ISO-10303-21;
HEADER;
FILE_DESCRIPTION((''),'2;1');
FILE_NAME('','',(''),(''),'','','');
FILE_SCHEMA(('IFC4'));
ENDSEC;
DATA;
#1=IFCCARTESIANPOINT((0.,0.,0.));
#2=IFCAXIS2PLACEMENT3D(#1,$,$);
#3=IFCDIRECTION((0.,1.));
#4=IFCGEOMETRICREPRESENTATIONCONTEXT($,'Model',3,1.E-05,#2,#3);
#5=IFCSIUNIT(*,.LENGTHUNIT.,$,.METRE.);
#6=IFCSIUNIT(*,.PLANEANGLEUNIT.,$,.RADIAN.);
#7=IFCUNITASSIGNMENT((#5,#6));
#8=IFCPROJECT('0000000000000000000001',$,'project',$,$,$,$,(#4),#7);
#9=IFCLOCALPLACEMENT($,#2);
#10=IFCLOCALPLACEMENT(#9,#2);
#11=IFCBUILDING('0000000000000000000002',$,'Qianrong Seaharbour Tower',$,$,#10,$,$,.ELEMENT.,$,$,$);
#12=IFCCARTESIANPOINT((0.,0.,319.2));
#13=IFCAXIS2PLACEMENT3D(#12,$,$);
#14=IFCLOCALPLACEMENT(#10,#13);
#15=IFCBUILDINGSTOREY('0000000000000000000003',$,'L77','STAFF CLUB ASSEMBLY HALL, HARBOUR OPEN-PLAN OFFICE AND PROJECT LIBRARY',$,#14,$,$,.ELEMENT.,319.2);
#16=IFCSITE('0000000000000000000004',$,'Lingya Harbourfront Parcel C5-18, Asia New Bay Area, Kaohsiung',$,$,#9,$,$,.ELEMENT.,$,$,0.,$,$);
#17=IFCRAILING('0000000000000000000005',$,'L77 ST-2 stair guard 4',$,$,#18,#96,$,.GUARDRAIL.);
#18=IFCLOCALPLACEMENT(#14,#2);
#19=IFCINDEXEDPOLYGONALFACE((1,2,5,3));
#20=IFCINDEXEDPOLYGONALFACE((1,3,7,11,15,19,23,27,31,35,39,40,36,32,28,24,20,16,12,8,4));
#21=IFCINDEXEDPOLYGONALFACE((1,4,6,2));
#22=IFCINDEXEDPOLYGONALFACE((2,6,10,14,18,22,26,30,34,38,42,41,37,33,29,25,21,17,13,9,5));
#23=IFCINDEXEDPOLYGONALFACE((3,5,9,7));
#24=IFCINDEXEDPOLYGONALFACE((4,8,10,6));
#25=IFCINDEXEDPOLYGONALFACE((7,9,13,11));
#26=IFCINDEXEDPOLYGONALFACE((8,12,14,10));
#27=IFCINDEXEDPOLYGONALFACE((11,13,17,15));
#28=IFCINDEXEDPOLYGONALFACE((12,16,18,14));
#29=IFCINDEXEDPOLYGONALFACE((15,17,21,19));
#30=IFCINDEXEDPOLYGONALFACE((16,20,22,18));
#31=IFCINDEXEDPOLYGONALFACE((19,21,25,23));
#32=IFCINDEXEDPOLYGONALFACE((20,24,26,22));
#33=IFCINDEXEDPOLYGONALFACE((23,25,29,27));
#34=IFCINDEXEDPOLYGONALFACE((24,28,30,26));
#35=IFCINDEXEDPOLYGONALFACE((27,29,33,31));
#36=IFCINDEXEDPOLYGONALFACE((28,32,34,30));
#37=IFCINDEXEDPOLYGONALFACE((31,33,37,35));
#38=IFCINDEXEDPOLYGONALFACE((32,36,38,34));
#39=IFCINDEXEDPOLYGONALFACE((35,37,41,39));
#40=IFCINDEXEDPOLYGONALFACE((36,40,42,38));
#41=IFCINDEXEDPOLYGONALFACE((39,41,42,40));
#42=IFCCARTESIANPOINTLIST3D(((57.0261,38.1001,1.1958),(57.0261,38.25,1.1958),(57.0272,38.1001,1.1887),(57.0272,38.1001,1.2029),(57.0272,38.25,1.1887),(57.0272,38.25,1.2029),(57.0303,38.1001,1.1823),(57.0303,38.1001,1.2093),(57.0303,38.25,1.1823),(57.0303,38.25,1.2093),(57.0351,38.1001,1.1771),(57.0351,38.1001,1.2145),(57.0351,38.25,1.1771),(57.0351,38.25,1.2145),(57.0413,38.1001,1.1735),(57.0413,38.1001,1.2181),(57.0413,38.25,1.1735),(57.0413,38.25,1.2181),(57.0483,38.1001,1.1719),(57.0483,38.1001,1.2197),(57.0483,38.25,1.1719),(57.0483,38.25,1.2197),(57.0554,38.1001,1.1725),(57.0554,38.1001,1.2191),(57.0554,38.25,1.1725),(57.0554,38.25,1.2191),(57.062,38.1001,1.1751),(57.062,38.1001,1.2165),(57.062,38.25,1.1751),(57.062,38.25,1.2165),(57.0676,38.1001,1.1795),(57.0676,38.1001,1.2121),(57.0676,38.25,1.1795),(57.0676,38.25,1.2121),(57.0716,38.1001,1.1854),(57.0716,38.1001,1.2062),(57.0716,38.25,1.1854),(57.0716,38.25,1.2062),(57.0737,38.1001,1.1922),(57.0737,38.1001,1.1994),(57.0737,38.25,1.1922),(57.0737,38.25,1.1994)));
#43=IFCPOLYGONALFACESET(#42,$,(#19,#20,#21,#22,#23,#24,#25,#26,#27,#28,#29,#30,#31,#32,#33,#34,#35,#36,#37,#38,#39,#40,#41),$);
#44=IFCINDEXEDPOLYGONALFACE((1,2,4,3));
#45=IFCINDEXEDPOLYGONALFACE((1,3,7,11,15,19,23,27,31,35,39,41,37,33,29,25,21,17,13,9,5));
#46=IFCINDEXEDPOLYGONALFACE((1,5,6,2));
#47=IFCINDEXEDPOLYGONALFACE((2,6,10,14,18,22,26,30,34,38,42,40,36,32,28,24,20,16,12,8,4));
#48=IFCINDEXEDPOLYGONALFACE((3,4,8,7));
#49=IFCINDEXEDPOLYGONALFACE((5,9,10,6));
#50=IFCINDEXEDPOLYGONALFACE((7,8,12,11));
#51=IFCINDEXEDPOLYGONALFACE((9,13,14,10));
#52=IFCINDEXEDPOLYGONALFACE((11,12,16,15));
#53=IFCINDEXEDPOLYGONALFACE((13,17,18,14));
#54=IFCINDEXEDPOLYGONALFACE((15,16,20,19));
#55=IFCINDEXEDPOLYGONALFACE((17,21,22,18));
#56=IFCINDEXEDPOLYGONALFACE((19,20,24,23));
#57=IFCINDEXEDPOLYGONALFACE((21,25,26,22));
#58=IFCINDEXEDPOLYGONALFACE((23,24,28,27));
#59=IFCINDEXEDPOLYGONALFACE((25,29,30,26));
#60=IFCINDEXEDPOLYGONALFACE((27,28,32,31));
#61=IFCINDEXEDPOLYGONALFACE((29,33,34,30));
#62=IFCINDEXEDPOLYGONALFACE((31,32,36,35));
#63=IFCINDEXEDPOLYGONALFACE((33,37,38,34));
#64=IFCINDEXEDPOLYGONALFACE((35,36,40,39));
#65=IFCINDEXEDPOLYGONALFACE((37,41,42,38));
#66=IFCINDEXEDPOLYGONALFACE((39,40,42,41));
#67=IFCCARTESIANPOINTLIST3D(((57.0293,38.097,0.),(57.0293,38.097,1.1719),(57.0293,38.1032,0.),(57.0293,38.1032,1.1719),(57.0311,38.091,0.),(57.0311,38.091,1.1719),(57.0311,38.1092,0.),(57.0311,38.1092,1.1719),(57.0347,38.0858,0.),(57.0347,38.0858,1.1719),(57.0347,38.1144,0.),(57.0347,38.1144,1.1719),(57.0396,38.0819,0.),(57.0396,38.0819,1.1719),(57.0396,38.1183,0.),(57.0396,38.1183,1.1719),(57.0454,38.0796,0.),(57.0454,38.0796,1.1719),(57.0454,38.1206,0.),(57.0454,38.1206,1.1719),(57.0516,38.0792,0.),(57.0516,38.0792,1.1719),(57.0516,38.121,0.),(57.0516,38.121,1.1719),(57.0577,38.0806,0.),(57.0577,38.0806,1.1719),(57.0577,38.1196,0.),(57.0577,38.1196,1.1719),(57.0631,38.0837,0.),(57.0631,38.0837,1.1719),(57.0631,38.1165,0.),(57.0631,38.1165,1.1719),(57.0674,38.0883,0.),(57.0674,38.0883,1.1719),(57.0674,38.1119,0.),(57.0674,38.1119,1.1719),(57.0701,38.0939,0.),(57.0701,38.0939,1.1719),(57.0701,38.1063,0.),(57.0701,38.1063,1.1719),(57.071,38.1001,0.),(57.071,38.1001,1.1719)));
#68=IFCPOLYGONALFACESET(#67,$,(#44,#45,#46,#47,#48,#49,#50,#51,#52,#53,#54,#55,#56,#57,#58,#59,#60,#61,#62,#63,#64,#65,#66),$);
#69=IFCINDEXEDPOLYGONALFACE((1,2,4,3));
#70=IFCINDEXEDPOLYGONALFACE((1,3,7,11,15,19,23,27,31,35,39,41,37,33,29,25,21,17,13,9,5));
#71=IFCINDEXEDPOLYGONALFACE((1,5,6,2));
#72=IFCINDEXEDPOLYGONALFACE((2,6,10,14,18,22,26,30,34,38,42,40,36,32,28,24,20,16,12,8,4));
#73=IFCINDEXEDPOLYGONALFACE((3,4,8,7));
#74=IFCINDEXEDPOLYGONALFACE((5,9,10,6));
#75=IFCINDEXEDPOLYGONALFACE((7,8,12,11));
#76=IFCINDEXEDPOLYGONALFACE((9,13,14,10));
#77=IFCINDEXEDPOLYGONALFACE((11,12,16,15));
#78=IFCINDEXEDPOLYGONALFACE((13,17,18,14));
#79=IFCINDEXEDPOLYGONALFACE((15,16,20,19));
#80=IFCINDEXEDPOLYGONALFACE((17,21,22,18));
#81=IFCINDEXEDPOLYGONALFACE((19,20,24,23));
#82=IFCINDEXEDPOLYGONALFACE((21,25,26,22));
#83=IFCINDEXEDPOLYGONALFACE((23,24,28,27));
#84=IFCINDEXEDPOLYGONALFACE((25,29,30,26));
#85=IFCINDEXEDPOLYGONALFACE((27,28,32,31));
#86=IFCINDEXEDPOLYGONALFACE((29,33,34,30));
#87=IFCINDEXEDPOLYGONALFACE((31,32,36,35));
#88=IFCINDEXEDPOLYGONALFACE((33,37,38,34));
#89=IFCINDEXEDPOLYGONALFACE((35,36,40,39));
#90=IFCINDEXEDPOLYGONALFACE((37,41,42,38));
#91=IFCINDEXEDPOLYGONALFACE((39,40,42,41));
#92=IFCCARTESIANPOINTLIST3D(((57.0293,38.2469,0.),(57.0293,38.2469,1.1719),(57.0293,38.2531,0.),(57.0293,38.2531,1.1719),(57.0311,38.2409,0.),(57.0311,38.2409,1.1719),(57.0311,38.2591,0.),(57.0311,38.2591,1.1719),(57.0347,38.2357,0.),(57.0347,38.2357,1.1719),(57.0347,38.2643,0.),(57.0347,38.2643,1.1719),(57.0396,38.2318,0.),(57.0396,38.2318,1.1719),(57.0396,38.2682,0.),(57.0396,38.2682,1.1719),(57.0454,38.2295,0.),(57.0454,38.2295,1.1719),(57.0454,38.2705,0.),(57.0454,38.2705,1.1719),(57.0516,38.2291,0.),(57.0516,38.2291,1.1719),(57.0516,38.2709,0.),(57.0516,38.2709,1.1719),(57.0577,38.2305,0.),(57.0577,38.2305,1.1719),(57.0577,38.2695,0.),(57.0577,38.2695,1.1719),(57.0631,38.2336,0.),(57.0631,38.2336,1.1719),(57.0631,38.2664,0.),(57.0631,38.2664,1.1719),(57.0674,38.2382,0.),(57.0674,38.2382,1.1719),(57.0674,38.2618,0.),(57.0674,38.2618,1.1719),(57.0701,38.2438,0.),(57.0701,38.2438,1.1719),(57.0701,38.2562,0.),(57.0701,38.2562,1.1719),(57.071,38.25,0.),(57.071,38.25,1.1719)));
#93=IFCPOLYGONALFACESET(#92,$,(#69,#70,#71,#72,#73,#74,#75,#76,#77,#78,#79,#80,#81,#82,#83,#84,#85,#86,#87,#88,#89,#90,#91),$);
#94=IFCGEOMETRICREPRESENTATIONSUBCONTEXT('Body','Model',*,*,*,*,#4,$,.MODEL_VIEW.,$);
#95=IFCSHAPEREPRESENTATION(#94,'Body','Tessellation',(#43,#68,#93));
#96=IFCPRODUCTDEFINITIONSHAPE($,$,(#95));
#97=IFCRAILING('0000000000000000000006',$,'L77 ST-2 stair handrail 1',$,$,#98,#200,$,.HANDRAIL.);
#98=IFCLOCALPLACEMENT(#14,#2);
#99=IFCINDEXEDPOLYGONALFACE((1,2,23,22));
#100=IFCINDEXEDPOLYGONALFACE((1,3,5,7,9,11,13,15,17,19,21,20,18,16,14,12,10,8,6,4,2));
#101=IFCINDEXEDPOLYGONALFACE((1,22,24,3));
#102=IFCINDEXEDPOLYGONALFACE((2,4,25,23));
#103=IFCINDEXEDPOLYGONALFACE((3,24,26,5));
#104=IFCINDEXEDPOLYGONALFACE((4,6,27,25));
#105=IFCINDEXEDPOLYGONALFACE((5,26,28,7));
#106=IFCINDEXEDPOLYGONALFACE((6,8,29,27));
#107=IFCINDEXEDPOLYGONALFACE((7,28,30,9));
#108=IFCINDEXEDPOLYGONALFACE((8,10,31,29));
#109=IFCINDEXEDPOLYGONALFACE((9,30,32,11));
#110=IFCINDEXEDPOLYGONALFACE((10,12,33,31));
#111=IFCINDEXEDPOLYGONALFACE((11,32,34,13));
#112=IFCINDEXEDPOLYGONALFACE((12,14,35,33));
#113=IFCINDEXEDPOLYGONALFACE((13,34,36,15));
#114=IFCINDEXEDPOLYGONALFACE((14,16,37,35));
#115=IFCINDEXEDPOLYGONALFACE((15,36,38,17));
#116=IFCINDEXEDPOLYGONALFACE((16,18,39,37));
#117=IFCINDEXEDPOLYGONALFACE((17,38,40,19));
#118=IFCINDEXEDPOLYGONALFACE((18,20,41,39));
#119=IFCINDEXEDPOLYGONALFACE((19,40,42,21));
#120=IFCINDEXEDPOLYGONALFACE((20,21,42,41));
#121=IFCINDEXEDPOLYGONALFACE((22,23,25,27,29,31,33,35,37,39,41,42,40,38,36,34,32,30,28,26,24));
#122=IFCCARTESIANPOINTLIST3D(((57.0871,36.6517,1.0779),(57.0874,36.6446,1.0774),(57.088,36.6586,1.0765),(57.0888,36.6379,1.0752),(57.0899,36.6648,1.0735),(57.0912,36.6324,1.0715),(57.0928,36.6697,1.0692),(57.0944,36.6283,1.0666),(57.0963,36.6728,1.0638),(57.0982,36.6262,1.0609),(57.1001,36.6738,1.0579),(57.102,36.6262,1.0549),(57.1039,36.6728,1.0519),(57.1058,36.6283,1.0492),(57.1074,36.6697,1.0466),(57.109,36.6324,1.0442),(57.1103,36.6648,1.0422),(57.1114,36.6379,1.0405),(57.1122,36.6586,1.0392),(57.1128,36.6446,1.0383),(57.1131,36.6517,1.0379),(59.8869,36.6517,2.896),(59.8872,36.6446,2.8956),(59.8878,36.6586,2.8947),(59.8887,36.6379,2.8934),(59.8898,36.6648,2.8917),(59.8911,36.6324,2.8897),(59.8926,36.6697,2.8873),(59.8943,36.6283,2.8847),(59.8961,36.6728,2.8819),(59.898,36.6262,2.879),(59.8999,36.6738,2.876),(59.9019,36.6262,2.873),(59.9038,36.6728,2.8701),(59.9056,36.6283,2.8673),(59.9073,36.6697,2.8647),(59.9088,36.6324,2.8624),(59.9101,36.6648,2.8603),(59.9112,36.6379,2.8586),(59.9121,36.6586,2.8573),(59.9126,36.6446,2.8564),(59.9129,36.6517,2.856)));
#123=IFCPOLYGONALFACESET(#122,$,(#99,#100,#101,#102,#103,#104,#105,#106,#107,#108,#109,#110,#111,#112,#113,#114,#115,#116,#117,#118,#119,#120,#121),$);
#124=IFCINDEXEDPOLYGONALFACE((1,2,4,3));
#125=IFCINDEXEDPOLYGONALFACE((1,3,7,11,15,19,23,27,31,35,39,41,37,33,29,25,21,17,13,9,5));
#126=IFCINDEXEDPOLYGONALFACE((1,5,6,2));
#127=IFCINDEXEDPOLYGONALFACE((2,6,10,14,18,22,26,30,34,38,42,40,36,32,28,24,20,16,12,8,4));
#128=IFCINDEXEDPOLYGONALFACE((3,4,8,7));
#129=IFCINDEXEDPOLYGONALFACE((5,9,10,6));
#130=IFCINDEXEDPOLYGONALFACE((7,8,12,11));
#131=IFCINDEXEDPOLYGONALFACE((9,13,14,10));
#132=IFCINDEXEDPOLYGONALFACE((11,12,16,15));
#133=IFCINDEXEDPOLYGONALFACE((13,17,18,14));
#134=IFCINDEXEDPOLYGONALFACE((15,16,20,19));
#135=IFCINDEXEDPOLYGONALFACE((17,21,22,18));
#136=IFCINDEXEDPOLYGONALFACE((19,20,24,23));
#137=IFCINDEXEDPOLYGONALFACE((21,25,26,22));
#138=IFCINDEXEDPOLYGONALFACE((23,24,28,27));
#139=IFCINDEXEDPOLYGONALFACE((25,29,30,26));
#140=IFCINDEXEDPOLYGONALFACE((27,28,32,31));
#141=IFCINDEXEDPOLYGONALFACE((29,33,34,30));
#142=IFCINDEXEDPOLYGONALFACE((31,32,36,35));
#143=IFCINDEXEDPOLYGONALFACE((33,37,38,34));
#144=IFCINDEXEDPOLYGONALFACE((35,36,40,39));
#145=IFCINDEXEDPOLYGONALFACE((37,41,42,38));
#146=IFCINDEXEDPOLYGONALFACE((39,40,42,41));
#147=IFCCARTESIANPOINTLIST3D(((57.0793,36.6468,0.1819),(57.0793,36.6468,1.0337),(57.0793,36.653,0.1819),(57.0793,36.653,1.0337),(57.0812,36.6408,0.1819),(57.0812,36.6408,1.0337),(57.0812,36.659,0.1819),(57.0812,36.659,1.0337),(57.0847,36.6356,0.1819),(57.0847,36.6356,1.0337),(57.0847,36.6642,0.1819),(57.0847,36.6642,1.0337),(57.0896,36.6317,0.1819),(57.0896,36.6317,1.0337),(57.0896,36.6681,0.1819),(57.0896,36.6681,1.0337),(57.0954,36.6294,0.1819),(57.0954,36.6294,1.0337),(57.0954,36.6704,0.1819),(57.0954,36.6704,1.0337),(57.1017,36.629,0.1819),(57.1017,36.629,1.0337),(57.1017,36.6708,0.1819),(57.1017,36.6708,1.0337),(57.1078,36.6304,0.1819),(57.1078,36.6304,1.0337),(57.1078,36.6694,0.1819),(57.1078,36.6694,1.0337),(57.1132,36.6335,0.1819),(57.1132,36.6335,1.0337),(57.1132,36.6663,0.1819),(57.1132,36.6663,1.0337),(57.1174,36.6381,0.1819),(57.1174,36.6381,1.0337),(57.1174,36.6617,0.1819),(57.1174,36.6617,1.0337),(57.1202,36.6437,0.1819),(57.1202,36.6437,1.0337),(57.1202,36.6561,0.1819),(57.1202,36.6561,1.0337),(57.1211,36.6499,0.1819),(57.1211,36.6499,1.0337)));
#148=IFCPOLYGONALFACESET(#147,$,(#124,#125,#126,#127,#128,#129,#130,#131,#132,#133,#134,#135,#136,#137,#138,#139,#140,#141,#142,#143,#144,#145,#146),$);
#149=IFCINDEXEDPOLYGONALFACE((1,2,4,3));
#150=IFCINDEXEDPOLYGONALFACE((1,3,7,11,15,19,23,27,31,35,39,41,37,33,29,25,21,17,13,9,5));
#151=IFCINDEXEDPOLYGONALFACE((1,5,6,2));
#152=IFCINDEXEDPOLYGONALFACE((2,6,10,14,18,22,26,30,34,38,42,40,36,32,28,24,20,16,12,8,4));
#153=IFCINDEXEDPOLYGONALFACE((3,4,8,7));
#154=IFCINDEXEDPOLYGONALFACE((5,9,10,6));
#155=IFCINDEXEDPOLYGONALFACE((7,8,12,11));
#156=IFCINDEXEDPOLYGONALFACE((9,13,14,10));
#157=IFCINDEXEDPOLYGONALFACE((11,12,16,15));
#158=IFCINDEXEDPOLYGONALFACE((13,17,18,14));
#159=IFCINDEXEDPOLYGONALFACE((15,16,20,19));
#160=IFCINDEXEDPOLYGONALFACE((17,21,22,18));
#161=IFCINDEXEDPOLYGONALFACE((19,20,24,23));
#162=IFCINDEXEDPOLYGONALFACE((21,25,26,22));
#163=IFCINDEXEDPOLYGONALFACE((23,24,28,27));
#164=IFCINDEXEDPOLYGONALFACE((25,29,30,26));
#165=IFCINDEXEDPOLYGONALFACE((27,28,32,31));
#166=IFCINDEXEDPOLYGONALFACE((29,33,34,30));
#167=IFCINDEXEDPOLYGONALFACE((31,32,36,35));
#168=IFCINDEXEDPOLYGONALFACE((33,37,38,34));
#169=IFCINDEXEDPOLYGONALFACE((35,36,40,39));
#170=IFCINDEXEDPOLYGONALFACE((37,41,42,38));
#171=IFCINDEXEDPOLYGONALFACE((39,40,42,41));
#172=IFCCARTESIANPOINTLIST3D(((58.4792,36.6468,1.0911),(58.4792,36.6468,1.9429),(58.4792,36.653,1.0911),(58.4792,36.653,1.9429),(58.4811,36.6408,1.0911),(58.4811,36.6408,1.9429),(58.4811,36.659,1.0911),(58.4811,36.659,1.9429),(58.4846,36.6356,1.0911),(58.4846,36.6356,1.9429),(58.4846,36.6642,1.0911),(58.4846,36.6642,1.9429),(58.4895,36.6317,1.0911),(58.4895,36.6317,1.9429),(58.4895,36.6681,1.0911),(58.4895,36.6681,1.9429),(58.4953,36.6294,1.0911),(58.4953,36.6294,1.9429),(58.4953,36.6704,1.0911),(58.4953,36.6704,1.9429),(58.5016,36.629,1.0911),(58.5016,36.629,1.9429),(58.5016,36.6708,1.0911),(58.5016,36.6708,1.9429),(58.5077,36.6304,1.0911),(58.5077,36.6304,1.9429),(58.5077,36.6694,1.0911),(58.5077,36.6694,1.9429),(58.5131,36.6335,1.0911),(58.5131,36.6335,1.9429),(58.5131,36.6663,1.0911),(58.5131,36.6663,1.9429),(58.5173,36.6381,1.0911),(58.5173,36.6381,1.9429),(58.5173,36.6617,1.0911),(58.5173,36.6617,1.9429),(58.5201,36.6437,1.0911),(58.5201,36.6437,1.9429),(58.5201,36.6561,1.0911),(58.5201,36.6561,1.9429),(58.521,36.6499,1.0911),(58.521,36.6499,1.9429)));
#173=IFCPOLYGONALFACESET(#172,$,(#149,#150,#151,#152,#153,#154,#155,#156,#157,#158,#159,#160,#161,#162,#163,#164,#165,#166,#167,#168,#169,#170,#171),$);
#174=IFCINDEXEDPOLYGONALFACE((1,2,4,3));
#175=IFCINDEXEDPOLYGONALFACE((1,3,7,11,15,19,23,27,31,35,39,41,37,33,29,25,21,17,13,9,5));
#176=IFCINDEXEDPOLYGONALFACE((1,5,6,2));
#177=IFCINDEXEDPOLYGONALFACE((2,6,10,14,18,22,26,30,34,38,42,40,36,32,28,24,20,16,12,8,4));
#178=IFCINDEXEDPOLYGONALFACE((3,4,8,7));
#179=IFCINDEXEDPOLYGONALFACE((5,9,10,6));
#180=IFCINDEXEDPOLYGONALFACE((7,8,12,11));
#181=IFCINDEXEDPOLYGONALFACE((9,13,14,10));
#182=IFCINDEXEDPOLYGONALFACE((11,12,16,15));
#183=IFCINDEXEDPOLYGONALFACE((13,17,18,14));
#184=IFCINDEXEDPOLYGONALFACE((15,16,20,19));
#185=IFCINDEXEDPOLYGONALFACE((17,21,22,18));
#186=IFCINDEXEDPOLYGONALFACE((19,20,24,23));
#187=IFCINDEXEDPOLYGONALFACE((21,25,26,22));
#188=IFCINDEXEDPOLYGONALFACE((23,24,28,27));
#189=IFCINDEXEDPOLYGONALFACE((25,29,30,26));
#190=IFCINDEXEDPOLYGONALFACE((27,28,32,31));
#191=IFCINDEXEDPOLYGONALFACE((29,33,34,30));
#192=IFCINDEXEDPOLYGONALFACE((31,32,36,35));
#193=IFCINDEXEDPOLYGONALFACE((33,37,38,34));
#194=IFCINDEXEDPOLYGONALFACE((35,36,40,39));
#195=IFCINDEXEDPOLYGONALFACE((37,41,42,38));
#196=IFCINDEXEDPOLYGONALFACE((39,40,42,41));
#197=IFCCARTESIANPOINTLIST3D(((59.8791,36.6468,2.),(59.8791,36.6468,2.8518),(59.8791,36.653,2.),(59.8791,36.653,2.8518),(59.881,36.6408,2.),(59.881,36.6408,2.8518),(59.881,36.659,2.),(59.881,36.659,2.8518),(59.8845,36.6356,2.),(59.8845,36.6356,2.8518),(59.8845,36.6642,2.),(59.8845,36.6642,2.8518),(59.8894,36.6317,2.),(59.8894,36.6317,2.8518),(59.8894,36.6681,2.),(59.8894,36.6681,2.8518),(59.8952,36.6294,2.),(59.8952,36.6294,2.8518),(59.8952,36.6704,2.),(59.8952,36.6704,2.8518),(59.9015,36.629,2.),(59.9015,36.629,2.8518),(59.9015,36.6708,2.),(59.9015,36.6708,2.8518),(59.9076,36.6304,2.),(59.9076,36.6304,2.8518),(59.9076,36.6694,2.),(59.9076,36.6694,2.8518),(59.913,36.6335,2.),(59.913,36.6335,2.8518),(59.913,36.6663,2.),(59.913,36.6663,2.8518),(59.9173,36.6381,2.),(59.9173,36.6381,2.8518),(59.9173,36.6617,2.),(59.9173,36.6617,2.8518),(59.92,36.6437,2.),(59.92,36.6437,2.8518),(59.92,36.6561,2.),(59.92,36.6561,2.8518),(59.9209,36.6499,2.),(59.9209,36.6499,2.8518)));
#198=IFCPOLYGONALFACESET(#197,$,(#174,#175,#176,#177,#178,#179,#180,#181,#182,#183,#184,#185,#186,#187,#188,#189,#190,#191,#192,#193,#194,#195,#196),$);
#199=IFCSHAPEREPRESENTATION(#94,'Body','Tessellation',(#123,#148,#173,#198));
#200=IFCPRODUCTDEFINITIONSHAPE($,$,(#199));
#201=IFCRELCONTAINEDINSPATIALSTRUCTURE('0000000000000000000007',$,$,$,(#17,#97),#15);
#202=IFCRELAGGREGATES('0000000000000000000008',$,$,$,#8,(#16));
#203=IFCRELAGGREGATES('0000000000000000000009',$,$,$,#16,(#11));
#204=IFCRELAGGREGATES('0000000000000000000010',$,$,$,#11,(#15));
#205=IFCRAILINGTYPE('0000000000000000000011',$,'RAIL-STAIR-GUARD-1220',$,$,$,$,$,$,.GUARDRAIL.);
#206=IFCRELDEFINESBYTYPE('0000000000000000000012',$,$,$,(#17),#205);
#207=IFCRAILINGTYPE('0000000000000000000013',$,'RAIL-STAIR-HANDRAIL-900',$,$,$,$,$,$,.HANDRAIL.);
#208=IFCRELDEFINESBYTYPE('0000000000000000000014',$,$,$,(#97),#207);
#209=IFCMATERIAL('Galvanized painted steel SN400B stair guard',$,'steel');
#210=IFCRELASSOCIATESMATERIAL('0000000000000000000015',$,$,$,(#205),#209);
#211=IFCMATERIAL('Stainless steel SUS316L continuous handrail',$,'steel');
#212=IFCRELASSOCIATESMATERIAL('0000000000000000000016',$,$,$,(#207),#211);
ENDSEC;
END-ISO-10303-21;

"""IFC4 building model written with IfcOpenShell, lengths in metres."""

from ifc_helpers import new_model, si_unit, direction, frame, origin, origin_2d, place, context, subcontext, project, spatial, circle, extrude, material, type_object, element, save


model = new_model("IFC4")

# Units and contexts
model_context = context("Model", 3, precision=1e-05, world=origin(), true_north=direction((0.0, 1.0)))
body_context = subcontext(model_context, "Body", "Model", "MODEL_VIEW")
ifc_project = project(units=[si_unit("LENGTHUNIT", "METRE"), si_unit("PLANEANGLEUNIT", "RADIAN")], contexts=[model_context])

# Site, building, storey
site_placement = place(None, origin())
site = spatial("IfcSite", under=ifc_project, at=site_placement, Name="Lingya Harbourfront Parcel C5-18, Asia New Bay Area, Kaohsiung", CompositionType="ELEMENT", RefElevation=0.0)
building_placement = place(site_placement, origin())
building = spatial("IfcBuilding", under=site, at=building_placement, Name="Qianrong Seaharbour Tower", CompositionType="ELEMENT")
storey_placement = place(building_placement, frame((0.0, 0.0, 319.2)))
storey = spatial("IfcBuildingStorey", under=building, at=storey_placement, Name="L77", Description="STAFF CLUB ASSEMBLY HALL, HARBOUR OPEN-PLAN OFFICE AND PROJECT LIBRARY", CompositionType="ELEMENT", Elevation=319.2)

# Railings
ifc_material_1 = material(Name="Galvanized painted steel SN400B stair guard", Category="steel")
railing_type_1 = type_object("IfcRailingType", Name="RAIL-STAIR-GUARD-1220", PredefinedType="GUARDRAIL", material=ifc_material_1)
railing_1_placement = place(storey_placement, frame((57.05, 38.1001, 0.0)))
element("IfcRailing", 1, at=railing_1_placement, inside=storey, type_object=railing_type_1, Name="L77 ST-2 stair guard 4", PredefinedType="GUARDRAIL", context=body_context, shape_type="SweptSolid", body=[
    extrude(circle(Radius=0.0239, at=origin_2d()), frame((0.0, 0.0, 1.1958), z_axis=(0.0, 1.0, 0.0), x_axis=(-1.0, 0.0, 0.0)), (0.0, 0.0, 1.0), 0.1499),
    extrude(circle(Radius=0.021, at=origin_2d()), origin(), (0.0, 0.0, 1.0), 1.1719),
    extrude(circle(Radius=0.021, at=origin_2d()), frame((0.0, 0.1499, 0.0)), (0.0, 0.0, 1.0), 1.1719),
])
ifc_material_2 = material(Name="Stainless steel SUS316L continuous handrail", Category="steel")
railing_type_2 = type_object("IfcRailingType", Name="RAIL-STAIR-HANDRAIL-900", PredefinedType="HANDRAIL", material=ifc_material_2)
railing_2_placement = place(storey_placement, frame((57.1001, 36.6499, 0.1819)))
element("IfcRailing", 2, at=railing_2_placement, inside=storey, type_object=railing_type_2, Name="L77 ST-2 stair handrail 1", PredefinedType="HANDRAIL", context=body_context, shape_type="SweptSolid", body=[
    extrude(circle(Radius=0.0239, at=origin_2d()), frame((0.0, 0.0, 0.876), z_axis=(0.838684, 0.0, 0.544618), x_axis=(0.0, 1.0, 0.0)), (0.0, 0.0, 1.0), 3.3384),
    extrude(circle(Radius=0.021, at=origin_2d()), origin(), (0.0, 0.0, 1.0), 0.8518),
    extrude(circle(Radius=0.021, at=origin_2d()), frame((1.3999, 0.0, 0.9092)), (0.0, 0.0, 1.0), 0.8518),
    extrude(circle(Radius=0.021, at=origin_2d()), frame((2.7998, 0.0, 1.8181)), (0.0, 0.0, 1.0), 0.8518),
])

save(model, "model.ifc")
